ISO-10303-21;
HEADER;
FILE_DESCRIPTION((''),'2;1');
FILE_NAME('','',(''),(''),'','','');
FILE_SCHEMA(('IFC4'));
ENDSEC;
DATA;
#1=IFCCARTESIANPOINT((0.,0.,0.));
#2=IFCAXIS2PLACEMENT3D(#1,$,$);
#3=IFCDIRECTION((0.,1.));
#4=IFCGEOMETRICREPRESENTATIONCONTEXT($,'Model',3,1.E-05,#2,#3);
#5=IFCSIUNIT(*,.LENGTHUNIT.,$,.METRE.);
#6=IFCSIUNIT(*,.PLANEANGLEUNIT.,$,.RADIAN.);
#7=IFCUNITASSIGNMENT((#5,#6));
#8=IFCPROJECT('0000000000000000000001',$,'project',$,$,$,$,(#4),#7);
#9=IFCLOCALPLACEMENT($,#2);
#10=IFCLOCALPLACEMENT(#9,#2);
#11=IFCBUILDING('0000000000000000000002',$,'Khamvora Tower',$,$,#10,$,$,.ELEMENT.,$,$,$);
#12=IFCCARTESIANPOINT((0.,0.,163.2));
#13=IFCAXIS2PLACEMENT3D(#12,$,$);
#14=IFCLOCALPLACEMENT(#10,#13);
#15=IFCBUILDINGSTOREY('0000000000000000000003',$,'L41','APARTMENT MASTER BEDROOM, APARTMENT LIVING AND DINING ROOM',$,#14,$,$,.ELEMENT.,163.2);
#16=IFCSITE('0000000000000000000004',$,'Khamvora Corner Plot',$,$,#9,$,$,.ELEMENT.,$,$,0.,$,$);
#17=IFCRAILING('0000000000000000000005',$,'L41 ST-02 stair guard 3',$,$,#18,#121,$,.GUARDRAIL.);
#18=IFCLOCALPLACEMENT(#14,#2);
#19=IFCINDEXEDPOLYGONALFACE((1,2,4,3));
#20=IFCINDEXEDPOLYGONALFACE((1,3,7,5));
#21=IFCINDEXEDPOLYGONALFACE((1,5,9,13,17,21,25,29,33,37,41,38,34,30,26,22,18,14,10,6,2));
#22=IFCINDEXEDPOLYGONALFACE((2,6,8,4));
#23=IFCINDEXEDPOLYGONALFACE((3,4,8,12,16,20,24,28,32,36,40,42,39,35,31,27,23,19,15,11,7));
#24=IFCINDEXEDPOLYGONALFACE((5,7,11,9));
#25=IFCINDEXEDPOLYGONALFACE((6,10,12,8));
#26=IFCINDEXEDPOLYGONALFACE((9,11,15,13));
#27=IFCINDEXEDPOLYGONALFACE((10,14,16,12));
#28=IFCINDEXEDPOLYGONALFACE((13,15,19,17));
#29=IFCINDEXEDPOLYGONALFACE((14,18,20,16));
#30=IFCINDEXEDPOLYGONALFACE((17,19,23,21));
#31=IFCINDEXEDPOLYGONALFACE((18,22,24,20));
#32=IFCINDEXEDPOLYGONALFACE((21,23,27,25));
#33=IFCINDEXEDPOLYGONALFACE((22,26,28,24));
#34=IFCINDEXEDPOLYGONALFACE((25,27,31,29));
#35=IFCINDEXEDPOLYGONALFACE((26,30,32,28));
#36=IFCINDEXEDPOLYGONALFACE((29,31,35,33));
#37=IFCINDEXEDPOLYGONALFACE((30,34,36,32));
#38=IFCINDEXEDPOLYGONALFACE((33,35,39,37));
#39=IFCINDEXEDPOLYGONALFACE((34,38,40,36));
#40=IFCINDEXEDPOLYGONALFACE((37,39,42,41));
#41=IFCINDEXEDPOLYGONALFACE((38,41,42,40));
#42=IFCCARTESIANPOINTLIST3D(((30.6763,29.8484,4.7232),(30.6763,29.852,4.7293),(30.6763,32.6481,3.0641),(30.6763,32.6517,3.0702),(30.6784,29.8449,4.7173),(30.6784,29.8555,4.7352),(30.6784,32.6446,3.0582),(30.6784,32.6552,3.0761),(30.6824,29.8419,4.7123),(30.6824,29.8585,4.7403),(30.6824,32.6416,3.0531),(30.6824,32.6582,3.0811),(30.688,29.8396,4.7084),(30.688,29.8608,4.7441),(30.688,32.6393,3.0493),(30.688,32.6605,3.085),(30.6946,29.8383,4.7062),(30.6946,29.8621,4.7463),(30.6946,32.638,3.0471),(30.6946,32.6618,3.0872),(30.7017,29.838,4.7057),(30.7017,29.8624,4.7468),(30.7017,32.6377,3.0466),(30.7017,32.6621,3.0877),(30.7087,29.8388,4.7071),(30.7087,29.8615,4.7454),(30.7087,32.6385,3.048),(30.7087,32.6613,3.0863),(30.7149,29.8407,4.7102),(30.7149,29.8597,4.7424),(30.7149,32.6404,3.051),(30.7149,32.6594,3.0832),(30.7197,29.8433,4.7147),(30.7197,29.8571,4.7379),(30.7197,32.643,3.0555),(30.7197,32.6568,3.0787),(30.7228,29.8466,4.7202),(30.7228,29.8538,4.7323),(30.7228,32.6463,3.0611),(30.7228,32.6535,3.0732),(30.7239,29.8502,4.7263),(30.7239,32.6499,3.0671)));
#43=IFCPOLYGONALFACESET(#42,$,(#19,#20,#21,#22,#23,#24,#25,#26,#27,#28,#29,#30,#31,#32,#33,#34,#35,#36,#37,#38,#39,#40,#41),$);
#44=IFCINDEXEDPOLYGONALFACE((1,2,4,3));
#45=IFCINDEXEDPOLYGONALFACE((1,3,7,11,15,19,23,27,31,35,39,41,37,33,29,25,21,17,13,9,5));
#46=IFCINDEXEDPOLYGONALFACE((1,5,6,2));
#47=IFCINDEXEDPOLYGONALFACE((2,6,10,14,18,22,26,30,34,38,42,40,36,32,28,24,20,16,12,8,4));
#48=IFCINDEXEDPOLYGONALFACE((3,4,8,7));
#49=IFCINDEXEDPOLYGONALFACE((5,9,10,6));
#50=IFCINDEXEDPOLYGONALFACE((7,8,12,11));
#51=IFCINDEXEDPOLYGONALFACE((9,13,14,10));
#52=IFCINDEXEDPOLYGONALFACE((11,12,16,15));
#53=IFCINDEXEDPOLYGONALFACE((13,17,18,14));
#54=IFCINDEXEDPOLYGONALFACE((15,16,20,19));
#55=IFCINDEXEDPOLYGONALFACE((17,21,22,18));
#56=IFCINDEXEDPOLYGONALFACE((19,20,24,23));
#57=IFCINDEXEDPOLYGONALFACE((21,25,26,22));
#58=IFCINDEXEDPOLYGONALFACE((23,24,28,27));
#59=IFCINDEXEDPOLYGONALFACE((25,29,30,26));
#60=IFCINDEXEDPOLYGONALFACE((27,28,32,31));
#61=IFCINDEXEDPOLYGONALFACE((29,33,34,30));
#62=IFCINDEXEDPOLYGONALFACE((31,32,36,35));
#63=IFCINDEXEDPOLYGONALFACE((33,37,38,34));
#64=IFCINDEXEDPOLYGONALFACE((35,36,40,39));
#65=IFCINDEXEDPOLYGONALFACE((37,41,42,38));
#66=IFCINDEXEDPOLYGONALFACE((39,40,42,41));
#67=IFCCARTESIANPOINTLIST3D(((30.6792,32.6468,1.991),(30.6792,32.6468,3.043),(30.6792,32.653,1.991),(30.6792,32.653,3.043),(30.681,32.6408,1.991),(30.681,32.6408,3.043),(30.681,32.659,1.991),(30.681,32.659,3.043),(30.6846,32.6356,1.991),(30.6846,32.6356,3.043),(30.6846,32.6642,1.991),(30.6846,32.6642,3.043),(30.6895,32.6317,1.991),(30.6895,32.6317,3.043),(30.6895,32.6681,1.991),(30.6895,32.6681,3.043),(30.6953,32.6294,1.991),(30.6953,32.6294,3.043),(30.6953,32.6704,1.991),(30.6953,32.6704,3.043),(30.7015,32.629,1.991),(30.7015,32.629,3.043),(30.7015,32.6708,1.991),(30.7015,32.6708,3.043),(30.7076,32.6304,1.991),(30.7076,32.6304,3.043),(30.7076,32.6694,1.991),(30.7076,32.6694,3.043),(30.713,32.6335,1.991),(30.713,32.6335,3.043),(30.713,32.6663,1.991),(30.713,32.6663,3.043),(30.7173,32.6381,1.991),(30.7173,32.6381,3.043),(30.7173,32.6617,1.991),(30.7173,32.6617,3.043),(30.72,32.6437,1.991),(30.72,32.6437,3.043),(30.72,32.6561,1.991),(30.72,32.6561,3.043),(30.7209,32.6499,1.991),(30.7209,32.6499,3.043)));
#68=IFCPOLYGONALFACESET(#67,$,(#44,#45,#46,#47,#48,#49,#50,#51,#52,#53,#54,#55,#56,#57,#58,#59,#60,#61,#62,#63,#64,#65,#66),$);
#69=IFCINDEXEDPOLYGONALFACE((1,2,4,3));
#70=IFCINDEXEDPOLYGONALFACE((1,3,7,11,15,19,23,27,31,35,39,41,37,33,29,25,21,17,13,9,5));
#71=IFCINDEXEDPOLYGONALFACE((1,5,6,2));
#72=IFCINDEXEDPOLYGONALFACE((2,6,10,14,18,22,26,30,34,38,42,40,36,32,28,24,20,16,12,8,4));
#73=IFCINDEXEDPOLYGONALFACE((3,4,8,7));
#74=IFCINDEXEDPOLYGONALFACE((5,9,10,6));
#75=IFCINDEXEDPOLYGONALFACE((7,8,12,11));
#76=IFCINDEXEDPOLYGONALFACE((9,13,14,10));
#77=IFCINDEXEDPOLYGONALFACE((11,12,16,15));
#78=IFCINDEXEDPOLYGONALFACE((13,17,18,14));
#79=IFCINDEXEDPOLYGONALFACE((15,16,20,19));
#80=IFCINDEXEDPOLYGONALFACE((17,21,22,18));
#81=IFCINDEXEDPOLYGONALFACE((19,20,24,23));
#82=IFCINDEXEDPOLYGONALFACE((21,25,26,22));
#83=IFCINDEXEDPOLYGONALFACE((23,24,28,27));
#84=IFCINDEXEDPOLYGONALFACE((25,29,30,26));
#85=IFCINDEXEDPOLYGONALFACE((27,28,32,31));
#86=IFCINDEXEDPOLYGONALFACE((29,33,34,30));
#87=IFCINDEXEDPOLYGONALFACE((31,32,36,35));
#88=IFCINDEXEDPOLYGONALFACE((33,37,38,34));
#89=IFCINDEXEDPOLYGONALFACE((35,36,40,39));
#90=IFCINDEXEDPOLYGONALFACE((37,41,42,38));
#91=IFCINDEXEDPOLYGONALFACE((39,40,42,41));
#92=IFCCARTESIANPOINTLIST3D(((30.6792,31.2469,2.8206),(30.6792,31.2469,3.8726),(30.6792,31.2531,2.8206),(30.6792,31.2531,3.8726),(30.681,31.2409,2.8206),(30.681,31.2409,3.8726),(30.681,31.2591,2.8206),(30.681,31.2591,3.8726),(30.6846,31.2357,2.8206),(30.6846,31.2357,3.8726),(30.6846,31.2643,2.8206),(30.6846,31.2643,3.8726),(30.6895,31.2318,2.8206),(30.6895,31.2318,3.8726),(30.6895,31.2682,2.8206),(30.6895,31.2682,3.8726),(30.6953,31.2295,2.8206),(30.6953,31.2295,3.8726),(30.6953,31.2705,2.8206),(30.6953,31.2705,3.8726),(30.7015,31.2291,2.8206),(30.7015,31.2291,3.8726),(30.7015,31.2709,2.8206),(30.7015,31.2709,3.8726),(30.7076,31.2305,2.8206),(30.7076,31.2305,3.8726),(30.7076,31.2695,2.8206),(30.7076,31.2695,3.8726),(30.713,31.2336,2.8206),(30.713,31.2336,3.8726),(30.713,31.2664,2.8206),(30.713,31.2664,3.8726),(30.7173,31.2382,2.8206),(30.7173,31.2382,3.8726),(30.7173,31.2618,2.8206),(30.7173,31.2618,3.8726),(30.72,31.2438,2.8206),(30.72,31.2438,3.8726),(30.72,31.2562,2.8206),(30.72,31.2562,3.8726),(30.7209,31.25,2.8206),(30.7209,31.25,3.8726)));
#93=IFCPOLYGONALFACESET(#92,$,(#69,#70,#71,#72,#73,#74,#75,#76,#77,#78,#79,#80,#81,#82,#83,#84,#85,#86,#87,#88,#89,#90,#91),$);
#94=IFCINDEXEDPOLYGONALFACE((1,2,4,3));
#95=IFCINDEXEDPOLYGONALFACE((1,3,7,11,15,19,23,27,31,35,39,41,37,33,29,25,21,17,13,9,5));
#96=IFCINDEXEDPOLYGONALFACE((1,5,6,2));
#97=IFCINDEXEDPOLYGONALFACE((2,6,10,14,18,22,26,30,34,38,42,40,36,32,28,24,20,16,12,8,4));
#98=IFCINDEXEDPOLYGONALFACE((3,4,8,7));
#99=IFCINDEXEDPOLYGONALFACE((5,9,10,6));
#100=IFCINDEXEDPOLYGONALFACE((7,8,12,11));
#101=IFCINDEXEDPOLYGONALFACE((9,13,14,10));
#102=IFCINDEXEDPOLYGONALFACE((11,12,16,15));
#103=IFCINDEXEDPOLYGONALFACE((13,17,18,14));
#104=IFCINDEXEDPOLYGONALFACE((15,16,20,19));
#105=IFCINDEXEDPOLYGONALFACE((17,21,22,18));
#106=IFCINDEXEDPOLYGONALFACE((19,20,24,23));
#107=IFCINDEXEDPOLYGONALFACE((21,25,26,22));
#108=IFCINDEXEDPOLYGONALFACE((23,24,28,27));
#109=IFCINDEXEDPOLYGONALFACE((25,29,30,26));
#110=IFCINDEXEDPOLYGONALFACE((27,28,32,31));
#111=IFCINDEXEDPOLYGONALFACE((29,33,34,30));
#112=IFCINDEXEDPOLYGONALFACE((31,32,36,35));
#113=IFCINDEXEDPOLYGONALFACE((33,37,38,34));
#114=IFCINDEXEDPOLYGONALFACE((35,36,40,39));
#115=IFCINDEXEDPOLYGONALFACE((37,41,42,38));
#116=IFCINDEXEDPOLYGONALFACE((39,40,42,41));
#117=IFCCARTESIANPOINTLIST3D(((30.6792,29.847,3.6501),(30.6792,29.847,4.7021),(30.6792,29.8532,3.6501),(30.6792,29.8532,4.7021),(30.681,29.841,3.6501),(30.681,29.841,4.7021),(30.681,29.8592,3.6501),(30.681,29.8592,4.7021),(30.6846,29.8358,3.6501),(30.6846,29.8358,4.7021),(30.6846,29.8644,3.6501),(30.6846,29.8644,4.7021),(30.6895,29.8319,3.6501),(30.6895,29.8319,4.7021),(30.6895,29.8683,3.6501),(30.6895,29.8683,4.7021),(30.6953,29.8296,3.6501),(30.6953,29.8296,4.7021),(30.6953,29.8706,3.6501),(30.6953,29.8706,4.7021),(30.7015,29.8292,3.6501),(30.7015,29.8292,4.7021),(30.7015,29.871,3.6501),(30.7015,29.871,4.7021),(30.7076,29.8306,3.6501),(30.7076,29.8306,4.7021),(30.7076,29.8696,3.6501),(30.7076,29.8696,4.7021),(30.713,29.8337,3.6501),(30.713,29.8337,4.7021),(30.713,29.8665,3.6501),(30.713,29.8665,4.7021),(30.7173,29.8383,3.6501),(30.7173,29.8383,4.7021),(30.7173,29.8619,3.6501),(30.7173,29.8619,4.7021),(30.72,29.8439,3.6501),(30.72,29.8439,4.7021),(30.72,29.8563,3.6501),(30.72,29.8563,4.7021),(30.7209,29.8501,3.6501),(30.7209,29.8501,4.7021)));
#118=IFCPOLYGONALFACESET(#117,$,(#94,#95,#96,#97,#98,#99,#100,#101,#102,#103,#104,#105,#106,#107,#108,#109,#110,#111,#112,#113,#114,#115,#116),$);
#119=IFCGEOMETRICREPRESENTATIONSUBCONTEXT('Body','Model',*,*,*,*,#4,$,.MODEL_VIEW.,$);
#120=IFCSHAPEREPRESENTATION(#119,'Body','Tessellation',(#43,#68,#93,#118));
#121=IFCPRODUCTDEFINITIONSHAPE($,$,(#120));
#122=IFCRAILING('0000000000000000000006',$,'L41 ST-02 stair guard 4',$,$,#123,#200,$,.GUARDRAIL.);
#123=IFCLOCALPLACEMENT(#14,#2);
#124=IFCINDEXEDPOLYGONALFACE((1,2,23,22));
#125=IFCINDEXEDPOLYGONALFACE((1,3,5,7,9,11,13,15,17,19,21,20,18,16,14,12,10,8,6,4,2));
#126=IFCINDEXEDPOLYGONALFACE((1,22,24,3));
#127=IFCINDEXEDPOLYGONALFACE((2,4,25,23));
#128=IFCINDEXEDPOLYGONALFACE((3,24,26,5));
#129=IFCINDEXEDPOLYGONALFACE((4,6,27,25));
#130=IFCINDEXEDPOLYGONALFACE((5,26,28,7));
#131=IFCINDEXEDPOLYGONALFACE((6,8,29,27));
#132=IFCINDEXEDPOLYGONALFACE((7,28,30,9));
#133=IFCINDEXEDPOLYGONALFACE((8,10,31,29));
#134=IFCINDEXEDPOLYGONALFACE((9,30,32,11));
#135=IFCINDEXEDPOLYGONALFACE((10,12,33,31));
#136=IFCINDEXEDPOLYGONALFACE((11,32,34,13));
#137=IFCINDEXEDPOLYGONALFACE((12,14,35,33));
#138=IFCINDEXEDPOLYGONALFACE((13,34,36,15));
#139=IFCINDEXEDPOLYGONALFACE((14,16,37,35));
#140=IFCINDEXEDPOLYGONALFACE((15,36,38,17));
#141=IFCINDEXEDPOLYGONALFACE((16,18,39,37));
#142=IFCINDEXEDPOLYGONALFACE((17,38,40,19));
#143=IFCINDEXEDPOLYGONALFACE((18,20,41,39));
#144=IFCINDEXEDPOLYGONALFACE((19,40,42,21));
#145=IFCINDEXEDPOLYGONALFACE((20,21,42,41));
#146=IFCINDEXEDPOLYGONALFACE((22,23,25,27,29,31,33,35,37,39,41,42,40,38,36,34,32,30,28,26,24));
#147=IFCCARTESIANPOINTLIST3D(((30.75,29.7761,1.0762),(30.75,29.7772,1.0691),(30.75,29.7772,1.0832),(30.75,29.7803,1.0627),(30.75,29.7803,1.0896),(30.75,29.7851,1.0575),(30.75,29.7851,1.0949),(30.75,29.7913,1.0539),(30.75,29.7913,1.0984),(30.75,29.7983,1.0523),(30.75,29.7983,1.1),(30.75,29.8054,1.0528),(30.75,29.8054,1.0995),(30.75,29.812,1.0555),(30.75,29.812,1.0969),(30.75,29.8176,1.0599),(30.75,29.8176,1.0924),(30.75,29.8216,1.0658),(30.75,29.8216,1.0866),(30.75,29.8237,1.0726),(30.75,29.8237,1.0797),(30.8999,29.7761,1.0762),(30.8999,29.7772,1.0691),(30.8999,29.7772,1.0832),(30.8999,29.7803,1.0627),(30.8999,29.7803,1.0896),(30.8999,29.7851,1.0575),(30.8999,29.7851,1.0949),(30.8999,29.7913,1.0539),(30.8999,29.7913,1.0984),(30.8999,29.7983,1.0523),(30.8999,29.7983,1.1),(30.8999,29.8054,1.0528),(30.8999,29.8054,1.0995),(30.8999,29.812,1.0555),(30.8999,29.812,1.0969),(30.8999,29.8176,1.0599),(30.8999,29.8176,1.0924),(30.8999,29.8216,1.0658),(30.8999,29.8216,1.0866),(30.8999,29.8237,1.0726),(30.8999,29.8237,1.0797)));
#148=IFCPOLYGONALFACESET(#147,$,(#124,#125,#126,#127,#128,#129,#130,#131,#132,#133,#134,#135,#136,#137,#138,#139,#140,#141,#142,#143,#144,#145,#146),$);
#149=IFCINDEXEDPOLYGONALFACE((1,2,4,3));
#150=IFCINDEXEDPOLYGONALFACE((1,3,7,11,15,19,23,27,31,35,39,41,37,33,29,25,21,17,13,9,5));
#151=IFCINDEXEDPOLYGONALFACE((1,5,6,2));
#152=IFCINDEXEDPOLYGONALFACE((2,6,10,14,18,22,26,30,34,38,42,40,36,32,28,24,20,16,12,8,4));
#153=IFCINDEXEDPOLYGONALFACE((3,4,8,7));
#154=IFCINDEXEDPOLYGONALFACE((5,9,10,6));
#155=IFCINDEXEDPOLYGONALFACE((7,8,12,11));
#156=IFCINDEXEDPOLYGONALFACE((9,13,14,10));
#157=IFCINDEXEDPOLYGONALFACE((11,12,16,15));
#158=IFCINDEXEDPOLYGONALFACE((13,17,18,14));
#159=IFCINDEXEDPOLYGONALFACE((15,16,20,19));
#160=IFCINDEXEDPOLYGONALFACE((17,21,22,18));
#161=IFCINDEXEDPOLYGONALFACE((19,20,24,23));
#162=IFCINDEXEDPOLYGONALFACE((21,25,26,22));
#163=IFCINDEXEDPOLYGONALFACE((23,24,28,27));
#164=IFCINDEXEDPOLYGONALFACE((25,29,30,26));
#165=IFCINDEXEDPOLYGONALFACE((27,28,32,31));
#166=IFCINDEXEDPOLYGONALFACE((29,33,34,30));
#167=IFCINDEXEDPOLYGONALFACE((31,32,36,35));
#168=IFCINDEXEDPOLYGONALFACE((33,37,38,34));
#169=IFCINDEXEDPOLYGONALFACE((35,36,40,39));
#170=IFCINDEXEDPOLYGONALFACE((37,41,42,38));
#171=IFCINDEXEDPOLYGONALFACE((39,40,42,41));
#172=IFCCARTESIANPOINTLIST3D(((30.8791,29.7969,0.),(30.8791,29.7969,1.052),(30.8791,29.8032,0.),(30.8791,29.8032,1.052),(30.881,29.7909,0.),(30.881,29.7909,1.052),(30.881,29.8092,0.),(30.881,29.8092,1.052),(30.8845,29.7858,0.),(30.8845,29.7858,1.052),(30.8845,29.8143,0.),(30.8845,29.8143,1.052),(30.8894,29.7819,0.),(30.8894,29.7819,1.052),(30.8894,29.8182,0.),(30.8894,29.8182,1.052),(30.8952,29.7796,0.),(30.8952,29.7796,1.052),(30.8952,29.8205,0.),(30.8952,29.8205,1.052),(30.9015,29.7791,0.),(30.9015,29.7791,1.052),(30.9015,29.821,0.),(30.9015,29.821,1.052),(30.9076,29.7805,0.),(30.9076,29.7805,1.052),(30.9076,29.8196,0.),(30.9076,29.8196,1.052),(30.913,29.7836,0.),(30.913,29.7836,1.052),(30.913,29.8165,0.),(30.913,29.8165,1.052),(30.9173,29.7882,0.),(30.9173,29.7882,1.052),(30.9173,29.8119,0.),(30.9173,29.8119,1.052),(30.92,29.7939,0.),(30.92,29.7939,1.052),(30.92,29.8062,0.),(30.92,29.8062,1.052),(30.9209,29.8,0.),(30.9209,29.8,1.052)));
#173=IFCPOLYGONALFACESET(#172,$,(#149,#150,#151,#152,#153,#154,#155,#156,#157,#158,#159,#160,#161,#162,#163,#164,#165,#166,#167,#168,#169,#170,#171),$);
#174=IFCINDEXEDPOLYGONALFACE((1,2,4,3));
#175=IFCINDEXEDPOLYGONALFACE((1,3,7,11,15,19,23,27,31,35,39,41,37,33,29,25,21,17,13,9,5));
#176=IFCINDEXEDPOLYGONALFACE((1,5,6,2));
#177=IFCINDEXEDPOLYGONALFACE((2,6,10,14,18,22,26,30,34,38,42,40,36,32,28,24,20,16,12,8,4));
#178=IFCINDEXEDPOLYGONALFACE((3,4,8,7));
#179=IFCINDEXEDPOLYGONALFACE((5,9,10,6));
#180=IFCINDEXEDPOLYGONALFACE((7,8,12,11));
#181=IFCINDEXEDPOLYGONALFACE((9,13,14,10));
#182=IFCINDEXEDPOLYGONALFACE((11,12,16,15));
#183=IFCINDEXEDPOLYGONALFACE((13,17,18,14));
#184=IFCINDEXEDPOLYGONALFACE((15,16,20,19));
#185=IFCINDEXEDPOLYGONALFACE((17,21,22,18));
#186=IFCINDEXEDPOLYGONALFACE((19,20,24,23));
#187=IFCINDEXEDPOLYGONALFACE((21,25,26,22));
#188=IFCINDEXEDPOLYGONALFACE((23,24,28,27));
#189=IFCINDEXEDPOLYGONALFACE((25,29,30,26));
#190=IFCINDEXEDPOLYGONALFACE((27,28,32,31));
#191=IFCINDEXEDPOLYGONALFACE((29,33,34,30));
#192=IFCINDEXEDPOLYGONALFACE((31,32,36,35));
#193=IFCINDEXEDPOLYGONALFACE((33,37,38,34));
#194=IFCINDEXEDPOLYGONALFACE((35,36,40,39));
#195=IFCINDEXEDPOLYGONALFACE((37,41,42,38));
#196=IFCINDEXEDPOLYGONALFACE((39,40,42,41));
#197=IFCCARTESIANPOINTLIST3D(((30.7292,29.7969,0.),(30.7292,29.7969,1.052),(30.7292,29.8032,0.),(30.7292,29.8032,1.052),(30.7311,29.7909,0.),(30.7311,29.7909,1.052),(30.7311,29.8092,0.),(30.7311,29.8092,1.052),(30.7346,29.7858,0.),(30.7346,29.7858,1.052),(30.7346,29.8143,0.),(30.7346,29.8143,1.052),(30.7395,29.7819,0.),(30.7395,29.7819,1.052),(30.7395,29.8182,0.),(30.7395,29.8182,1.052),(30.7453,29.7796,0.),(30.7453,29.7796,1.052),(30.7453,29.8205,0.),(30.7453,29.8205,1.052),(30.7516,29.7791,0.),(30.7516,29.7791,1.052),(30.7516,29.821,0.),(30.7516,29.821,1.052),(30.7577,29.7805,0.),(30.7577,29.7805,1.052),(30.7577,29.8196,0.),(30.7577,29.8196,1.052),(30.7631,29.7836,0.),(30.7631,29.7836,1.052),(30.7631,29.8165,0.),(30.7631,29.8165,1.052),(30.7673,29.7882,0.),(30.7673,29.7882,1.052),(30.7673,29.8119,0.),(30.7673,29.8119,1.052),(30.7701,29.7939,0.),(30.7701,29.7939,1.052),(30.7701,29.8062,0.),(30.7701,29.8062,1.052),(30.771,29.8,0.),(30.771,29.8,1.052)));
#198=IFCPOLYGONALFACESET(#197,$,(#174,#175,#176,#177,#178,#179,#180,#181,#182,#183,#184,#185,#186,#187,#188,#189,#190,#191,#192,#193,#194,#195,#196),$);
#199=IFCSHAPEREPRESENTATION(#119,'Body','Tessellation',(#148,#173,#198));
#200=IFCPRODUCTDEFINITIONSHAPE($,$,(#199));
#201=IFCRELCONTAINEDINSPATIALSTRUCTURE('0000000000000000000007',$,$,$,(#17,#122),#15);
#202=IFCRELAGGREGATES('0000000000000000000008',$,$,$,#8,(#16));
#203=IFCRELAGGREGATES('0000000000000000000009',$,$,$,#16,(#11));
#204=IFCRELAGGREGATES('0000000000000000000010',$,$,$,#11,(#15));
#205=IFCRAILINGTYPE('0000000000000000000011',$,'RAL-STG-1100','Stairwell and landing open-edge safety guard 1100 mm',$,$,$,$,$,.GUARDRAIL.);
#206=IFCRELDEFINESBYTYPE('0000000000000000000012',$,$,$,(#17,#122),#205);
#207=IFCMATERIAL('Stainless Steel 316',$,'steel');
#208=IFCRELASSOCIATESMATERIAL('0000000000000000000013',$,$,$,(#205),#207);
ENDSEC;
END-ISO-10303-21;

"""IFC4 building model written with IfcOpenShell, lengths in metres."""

from ifc_helpers import new_model, si_unit, direction, frame, origin, origin_2d, place, context, subcontext, project, spatial, circle, extrude, material, type_object, element, save


model = new_model("IFC4")

# Units and contexts
model_context = context("Model", 3, precision=1e-05, world=origin(), true_north=direction((0.0, 1.0)))
body_context = subcontext(model_context, "Body", "Model", "MODEL_VIEW")
ifc_project = project(units=[si_unit("LENGTHUNIT", "METRE"), si_unit("PLANEANGLEUNIT", "RADIAN")], contexts=[model_context])

# Site, building, storey
site_placement = place(None, origin())
site = spatial("IfcSite", under=ifc_project, at=site_placement, Name="Khamvora Corner Plot", CompositionType="ELEMENT", RefElevation=0.0)
building_placement = place(site_placement, origin())
building = spatial("IfcBuilding", under=site, at=building_placement, Name="Khamvora Tower", CompositionType="ELEMENT")
storey_placement = place(building_placement, frame((0.0, 0.0, 163.2)))
storey = spatial("IfcBuildingStorey", under=building, at=storey_placement, Name="L41", Description="APARTMENT MASTER BEDROOM, APARTMENT LIVING AND DINING ROOM", CompositionType="ELEMENT", Elevation=163.2)

# Railings
ifc_material_1 = material(Name="Stainless Steel 316", Category="steel")
railing_type_1 = type_object("IfcRailingType", Name="RAL-STG-1100", Description="Stairwell and landing open-edge safety guard 1100 mm", PredefinedType="GUARDRAIL", material=ifc_material_1)
railing_1_placement = place(storey_placement, frame((30.7, 32.6499, 1.991)))
element("IfcRailing", 1, at=railing_1_placement, inside=storey, type_object=railing_type_1, Name="L41 ST-02 stair guard 3", PredefinedType="GUARDRAIL", context=body_context, shape_type="SweptSolid", body=[
    extrude(circle(Radius=0.0239, at=origin_2d()), frame((0.0, 0.0, 1.0762), z_axis=(0.0, -0.860287, 0.509811), x_axis=(1.0, 0.0, 0.0)), (0.0, 0.0, 1.0), 3.2544),
    extrude(circle(Radius=0.021, at=origin_2d()), origin(), (0.0, 0.0, 1.0), 1.052),
    extrude(circle(Radius=0.021, at=origin_2d()), frame((0.0, -1.3999, 0.8296)), (0.0, 0.0, 1.0), 1.052),
    extrude(circle(Radius=0.021, at=origin_2d()), frame((0.0, -2.7998, 1.6592)), (0.0, 0.0, 1.0), 1.052),
])
railing_2_placement = place(storey_placement, frame((30.8999, 29.8, 0.0)))
element("IfcRailing", 2, at=railing_2_placement, inside=storey, type_object=railing_type_1, Name="L41 ST-02 stair guard 4", PredefinedType="GUARDRAIL", context=body_context, shape_type="SweptSolid", body=[
    extrude(circle(Radius=0.0239, at=origin_2d()), frame((0.0, 0.0, 1.0762), z_axis=(-1.0, 0.0, 0.0), x_axis=(0.0, -1.0, 0.0)), (0.0, 0.0, 1.0), 0.1499),
    extrude(circle(Radius=0.021, at=origin_2d()), origin(), (0.0, 0.0, 1.0), 1.052),
    extrude(circle(Radius=0.021, at=origin_2d()), frame((-0.1499, 0.0, 0.0)), (0.0, 0.0, 1.0), 1.052),
])

save(model, "model.ifc")
